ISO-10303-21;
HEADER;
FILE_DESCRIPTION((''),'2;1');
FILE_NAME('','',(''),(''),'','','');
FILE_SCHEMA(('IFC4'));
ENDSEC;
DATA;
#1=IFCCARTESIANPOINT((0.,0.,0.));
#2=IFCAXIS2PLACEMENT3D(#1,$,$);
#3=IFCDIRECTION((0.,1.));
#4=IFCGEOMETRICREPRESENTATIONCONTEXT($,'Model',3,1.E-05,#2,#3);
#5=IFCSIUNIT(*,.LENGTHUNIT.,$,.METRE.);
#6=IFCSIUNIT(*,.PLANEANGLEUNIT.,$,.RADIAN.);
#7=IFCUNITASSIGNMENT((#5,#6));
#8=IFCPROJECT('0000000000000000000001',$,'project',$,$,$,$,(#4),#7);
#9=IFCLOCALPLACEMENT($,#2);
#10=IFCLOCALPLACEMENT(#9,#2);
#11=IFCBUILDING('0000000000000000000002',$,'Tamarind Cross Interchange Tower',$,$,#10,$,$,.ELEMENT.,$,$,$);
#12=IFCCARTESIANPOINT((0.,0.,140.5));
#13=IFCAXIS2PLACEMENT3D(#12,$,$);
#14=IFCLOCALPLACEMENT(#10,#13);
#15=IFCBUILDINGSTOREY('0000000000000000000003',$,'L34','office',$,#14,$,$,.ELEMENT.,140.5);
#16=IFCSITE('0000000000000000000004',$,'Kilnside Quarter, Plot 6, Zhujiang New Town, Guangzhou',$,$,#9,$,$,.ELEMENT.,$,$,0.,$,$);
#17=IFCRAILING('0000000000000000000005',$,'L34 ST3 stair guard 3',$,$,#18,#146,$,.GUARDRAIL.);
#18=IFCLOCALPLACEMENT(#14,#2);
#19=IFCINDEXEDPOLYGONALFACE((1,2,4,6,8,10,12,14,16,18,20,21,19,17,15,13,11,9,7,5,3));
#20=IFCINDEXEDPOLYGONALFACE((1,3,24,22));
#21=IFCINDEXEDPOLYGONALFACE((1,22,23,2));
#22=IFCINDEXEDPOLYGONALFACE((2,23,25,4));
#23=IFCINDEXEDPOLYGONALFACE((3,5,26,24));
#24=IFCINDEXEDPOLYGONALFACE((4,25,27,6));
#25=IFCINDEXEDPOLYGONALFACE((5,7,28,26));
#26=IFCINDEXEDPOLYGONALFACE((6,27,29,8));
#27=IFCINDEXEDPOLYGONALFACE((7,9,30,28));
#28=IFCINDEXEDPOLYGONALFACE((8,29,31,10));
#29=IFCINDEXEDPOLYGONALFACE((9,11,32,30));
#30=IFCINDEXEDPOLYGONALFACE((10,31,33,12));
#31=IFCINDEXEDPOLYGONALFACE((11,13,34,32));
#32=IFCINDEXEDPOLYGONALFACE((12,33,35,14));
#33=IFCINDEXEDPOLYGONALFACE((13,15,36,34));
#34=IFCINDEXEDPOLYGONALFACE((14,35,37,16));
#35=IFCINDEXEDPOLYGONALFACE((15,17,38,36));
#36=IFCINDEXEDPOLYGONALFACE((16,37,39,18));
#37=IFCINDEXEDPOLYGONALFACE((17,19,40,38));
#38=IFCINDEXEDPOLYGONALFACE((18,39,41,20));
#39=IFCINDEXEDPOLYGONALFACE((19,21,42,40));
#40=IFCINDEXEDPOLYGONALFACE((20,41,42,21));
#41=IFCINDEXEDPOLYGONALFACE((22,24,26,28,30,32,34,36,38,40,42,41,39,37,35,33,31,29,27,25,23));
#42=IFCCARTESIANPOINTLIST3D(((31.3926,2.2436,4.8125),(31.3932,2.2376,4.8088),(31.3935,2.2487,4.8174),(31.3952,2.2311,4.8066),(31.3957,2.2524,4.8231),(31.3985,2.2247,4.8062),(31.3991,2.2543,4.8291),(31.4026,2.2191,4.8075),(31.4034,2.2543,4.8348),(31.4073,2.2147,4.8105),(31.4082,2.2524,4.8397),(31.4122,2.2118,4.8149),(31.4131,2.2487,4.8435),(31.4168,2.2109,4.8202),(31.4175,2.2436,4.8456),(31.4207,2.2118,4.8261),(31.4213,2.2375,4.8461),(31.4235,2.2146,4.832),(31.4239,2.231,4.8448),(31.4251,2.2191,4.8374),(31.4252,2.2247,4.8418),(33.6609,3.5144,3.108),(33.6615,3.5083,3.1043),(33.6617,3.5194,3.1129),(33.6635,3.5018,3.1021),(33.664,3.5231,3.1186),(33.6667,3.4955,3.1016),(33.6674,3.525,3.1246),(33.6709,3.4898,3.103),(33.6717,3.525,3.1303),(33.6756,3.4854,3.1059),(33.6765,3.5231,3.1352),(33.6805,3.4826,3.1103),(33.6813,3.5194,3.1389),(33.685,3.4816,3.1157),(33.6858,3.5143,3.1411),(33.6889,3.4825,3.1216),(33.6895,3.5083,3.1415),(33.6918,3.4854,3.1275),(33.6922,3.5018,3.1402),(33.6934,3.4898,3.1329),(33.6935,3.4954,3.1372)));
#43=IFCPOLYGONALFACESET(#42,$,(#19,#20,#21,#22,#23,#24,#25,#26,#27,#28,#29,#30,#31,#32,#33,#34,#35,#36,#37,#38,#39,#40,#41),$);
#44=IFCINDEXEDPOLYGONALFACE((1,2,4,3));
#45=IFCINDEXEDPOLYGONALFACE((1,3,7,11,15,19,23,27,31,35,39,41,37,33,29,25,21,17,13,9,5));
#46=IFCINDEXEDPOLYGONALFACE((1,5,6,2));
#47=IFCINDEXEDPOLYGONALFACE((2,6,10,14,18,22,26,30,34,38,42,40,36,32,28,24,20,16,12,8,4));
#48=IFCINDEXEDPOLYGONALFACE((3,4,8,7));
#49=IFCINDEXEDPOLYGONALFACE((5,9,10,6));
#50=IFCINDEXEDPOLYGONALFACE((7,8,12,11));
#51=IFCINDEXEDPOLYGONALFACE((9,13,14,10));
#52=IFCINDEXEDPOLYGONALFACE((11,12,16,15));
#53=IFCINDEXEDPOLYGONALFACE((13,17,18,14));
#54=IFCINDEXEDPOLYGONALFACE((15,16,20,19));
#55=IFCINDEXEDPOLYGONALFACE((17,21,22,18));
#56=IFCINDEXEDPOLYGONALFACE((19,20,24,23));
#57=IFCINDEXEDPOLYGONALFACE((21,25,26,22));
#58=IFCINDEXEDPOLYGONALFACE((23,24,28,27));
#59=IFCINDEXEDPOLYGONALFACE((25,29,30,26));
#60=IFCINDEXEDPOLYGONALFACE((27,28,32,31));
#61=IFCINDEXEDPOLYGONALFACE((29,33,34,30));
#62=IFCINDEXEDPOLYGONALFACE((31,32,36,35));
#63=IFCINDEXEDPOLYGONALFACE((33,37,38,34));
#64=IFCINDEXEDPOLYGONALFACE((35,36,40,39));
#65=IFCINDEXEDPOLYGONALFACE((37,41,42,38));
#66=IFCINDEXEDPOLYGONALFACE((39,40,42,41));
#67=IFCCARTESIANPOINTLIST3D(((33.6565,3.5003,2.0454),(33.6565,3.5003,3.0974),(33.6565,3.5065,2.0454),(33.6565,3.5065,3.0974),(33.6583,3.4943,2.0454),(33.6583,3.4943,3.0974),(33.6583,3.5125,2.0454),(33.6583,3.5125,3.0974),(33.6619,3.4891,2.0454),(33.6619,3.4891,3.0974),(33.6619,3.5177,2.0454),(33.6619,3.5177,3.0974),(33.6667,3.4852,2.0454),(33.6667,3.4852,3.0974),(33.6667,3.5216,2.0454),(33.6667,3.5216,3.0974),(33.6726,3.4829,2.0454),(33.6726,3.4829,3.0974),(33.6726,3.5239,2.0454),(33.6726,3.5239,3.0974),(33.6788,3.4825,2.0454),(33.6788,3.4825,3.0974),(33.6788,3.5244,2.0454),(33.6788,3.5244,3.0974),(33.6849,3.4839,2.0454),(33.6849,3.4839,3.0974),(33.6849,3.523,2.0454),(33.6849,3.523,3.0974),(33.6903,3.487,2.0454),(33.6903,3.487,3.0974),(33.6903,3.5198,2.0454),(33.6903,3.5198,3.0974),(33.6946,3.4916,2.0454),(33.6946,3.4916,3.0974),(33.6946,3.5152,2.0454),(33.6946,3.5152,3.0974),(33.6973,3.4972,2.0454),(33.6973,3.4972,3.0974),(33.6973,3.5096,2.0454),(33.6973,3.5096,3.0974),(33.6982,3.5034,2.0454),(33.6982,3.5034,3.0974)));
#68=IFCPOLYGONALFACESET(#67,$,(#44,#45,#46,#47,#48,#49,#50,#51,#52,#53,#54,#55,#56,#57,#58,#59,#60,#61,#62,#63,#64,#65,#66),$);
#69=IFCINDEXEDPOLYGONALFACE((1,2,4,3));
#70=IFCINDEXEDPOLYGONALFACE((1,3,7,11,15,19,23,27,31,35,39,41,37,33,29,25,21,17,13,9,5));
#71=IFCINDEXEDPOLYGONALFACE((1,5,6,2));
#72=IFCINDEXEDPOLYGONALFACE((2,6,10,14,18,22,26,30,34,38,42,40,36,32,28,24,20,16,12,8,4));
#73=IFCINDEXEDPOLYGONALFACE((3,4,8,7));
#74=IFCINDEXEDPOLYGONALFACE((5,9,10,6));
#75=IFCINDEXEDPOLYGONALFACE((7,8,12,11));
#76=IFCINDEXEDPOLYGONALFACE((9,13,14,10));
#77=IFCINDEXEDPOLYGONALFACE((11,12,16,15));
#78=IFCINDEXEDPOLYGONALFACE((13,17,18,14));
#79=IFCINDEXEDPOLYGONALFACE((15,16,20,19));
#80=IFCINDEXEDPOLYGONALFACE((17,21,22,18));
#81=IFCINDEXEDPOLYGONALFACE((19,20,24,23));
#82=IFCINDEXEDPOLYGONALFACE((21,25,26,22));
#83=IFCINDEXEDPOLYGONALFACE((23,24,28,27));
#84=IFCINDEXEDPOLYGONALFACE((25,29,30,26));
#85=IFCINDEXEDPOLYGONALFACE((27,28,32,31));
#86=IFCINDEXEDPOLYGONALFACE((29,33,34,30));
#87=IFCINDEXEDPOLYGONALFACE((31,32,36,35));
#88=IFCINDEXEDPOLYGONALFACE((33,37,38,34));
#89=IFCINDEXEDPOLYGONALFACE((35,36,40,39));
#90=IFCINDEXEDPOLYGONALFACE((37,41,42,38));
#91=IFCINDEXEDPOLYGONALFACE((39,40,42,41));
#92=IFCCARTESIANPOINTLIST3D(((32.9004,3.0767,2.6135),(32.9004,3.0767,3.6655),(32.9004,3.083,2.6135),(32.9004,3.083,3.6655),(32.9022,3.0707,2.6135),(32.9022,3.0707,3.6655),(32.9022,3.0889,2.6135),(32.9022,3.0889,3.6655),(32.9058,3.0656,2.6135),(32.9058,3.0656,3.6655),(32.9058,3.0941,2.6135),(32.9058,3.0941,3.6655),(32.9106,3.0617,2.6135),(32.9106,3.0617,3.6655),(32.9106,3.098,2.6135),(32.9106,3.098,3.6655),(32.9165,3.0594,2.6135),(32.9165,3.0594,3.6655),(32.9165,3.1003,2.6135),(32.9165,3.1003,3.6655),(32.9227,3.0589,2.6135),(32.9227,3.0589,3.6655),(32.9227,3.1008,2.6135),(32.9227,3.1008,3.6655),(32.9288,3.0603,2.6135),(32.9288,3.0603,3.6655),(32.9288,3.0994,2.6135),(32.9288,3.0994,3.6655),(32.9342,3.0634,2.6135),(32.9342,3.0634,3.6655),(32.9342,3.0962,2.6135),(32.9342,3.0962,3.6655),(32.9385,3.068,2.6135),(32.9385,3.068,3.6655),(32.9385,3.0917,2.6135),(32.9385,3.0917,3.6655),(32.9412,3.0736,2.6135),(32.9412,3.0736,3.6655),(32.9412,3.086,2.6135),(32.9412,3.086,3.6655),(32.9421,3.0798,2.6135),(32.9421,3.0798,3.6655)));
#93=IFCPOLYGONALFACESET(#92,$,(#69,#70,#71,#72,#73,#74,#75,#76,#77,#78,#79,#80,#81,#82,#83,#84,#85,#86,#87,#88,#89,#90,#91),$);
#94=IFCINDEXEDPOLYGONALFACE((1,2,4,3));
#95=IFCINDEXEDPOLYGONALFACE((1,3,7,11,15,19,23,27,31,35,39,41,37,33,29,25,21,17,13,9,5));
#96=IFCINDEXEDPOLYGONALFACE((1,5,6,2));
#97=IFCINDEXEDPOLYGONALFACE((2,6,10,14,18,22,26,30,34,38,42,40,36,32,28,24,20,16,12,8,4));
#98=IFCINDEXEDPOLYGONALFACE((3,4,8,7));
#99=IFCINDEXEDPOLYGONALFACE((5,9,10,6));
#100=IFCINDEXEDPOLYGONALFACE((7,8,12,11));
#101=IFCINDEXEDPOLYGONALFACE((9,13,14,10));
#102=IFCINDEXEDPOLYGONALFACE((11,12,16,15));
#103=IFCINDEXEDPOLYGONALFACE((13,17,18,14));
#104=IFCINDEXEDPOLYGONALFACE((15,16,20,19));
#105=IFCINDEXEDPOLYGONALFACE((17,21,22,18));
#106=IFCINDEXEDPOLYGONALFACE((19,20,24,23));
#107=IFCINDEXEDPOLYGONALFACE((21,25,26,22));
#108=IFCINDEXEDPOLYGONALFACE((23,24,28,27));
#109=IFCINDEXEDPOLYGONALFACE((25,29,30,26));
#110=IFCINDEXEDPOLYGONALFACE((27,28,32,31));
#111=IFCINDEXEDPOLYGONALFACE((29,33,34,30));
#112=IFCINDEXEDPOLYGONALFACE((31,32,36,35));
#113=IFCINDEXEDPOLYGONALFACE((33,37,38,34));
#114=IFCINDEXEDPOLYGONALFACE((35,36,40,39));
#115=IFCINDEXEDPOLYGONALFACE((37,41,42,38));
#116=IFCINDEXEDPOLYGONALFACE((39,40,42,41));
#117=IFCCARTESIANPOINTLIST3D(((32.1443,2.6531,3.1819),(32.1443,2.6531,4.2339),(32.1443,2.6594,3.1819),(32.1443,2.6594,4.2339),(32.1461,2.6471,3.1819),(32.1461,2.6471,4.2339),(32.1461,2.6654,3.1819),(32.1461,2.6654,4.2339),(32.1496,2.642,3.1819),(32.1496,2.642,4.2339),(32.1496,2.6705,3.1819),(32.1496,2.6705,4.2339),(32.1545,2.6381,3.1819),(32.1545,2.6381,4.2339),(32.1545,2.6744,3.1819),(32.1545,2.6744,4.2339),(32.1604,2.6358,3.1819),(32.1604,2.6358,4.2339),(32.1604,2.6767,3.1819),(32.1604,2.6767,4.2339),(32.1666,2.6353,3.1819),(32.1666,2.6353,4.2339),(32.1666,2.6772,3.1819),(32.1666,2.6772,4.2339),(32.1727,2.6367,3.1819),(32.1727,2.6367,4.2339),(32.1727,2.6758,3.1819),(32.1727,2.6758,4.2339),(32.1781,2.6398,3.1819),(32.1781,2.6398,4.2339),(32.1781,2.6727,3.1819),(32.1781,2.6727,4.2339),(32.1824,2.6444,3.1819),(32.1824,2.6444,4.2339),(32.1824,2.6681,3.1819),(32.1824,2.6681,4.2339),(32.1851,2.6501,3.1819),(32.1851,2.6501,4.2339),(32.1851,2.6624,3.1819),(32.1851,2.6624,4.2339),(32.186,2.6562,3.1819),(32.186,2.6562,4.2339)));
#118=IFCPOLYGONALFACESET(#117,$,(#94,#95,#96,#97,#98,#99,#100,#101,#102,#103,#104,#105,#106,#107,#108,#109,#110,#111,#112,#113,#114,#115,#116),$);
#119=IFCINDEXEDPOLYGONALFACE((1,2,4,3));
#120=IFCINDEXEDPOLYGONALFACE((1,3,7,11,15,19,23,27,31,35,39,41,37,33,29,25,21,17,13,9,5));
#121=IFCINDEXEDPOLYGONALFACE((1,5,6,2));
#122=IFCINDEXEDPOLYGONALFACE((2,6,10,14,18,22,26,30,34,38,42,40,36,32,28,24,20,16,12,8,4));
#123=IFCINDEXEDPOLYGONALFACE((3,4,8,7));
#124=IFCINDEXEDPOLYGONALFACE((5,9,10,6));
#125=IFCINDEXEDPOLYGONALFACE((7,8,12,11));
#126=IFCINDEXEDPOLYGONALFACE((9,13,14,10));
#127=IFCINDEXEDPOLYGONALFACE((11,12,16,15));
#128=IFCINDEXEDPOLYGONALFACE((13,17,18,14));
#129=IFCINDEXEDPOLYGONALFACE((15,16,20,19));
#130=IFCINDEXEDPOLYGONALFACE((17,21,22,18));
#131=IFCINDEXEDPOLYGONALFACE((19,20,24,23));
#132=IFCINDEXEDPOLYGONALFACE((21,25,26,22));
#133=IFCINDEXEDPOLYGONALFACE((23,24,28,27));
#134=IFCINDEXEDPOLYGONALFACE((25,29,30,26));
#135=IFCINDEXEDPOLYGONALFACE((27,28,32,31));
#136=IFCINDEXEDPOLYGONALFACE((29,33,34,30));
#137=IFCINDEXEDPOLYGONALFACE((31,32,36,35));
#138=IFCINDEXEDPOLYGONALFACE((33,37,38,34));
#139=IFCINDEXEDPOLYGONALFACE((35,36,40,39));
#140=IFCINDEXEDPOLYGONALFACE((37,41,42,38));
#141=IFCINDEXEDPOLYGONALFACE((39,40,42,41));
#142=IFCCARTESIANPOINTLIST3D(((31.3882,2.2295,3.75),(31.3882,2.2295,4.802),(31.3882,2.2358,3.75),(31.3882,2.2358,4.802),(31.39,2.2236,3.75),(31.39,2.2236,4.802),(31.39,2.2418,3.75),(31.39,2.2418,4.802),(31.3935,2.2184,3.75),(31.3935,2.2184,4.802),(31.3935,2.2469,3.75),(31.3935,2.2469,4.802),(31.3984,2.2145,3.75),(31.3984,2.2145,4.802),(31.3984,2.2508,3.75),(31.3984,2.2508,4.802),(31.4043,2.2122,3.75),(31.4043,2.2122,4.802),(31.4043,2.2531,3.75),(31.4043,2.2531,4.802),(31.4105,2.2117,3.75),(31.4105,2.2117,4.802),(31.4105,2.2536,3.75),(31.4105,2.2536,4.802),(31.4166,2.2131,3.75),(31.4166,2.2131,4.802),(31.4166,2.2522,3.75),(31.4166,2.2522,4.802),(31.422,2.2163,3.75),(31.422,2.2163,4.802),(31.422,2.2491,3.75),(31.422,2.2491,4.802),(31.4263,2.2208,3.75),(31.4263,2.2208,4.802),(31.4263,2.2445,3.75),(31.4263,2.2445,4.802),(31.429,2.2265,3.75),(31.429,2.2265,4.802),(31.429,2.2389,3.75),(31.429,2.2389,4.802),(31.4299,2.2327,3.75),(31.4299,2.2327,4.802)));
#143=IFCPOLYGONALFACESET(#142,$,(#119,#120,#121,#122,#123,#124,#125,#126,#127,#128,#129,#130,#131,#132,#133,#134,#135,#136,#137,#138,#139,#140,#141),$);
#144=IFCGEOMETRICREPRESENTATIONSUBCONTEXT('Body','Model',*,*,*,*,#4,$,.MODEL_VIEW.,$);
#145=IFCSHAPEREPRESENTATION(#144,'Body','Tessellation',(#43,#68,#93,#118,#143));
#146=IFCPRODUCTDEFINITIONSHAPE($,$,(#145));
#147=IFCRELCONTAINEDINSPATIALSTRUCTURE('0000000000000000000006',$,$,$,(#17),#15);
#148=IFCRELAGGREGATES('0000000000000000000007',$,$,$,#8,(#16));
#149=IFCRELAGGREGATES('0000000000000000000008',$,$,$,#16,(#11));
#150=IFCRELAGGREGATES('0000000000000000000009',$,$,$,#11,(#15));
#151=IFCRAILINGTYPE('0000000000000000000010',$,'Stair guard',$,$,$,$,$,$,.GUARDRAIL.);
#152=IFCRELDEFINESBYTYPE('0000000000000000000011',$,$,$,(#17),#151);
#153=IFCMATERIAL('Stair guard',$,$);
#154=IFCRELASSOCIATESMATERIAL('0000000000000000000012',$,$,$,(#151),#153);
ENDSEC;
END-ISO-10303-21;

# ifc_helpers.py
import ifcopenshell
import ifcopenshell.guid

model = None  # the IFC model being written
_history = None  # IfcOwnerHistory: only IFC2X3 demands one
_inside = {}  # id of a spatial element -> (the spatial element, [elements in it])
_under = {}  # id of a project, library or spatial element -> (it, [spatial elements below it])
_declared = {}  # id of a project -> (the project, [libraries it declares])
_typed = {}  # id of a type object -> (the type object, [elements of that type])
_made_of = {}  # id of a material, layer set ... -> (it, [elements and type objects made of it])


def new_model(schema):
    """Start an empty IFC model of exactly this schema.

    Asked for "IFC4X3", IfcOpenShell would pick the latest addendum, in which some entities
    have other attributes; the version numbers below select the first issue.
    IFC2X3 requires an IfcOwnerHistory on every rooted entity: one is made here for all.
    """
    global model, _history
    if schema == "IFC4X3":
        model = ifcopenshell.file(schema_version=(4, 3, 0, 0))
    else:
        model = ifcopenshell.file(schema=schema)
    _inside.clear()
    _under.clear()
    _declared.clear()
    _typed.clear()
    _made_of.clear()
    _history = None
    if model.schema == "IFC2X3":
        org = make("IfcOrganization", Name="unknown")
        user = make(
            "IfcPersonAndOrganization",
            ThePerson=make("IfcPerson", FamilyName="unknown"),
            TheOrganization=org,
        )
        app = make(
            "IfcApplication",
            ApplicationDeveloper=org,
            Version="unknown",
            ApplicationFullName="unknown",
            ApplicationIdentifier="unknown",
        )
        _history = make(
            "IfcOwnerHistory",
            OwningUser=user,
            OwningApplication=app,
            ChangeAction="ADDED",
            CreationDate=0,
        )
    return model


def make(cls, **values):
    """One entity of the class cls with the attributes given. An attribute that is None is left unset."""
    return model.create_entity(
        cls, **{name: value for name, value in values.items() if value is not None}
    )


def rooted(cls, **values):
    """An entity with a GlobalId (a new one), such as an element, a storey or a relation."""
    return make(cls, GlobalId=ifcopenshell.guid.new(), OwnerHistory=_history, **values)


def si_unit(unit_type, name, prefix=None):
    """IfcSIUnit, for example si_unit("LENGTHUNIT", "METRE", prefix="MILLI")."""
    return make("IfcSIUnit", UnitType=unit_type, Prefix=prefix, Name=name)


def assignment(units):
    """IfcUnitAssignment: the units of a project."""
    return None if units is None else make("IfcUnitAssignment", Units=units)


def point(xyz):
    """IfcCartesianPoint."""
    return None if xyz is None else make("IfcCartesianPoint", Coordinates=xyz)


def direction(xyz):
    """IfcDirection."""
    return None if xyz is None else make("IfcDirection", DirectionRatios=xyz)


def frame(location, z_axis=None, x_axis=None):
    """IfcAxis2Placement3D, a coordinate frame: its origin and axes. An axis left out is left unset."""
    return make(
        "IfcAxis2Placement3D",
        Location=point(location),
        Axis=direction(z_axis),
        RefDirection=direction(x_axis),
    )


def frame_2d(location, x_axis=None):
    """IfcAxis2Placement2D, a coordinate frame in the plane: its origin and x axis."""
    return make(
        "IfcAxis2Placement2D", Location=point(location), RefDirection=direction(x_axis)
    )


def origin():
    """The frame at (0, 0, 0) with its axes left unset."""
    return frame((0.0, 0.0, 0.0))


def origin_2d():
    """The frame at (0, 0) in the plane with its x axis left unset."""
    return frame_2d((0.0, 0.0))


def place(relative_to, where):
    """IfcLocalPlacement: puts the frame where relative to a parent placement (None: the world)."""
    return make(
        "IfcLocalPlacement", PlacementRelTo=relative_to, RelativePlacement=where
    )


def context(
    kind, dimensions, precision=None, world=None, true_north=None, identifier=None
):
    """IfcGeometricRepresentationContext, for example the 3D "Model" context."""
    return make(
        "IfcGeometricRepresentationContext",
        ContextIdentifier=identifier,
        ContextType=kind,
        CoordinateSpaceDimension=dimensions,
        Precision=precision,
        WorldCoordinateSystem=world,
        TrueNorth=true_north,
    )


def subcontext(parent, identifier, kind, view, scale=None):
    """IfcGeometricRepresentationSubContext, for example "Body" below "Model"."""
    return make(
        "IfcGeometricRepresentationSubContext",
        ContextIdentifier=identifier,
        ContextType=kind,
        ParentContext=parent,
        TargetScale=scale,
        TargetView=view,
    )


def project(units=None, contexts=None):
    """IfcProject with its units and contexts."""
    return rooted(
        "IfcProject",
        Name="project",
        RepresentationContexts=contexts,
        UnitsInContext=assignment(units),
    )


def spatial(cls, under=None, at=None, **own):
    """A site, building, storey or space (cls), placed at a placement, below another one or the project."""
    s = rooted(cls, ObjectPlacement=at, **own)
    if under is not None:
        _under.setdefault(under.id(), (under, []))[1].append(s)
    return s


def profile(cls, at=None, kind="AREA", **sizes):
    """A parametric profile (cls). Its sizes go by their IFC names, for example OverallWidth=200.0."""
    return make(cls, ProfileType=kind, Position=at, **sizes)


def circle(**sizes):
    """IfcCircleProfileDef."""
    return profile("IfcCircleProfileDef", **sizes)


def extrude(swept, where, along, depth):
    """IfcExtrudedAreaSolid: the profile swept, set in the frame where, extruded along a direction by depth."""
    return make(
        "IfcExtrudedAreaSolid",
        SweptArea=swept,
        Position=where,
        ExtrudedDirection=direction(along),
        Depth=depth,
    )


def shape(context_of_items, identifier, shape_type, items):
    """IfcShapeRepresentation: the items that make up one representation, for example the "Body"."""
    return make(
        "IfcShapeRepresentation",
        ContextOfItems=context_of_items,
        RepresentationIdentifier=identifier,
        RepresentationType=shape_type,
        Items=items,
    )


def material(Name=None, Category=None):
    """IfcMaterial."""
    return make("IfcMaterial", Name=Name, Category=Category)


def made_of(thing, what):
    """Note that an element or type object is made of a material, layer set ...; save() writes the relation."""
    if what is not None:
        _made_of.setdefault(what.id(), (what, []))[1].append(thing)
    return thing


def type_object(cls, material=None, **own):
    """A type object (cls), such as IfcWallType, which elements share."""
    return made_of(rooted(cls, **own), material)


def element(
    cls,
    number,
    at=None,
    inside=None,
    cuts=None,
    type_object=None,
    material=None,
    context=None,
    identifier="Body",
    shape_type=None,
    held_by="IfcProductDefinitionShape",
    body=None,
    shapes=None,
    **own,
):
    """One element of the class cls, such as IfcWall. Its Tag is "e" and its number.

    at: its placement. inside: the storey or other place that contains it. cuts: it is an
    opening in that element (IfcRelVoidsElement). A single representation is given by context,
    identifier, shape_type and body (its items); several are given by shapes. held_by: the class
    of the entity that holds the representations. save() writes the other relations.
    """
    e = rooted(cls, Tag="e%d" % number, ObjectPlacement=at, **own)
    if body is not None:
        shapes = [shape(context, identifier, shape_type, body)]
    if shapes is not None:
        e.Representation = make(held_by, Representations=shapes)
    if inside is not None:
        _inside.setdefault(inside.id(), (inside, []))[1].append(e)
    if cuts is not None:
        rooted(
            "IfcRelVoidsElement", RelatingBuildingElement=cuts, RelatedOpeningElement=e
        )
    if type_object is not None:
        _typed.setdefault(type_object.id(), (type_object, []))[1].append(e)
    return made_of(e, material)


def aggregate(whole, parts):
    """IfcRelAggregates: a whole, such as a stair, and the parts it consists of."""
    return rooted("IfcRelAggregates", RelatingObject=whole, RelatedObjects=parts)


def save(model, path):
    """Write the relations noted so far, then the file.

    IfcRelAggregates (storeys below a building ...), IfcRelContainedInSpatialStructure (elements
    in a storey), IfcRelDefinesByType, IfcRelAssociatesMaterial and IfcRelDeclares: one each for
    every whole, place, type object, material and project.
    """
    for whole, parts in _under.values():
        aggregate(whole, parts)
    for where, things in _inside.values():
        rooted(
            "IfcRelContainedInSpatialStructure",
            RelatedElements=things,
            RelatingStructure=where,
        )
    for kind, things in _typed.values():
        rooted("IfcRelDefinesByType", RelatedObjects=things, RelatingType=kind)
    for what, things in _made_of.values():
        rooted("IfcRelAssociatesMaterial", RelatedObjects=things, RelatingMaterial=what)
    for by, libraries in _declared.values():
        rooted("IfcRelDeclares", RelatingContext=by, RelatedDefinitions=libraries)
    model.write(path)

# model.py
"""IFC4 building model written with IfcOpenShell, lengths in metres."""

from ifc_helpers import new_model, si_unit, direction, frame, origin, origin_2d, place, context, subcontext, project, spatial, circle, extrude, material, type_object, element, save


model = new_model("IFC4")

# Units and contexts
model_context = context("Model", 3, precision=1e-05, world=origin(), true_north=direction((0.0, 1.0)))
body_context = subcontext(model_context, "Body", "Model", "MODEL_VIEW")
ifc_project = project(units=[si_unit("LENGTHUNIT", "METRE"), si_unit("PLANEANGLEUNIT", "RADIAN")], contexts=[model_context])

# Site, building, storey
site_placement = place(None, origin())
site = spatial("IfcSite", under=ifc_project, at=site_placement, Name="Kilnside Quarter, Plot 6, Zhujiang New Town, Guangzhou", CompositionType="ELEMENT", RefElevation=0.0)
building_placement = place(site_placement, origin())
building = spatial("IfcBuilding", under=site, at=building_placement, Name="Tamarind Cross Interchange Tower", CompositionType="ELEMENT")
storey_placement = place(building_placement, frame((0.0, 0.0, 140.5)))
storey = spatial("IfcBuildingStorey", under=building, at=storey_placement, Name="L34", Description="office", CompositionType="ELEMENT", Elevation=140.5)

# Railing
ifc_material_1 = material(Name="Stair guard")
railing_type_1 = type_object("IfcRailingType", Name="Stair guard", PredefinedType="GUARDRAIL", material=ifc_material_1)
railing_1_placement = place(storey_placement, frame((33.6772, 3.5034, 2.0454)))
element("IfcRailing", 1, at=railing_1_placement, inside=storey, type_object=railing_type_1, Name="L34 ST3 stair guard 3", PredefinedType="GUARDRAIL", context=body_context, shape_type="SweptSolid", body=[
    extrude(circle(Radius=0.0239, at=origin_2d()), frame((0.0, 0.0, 1.0762), z_axis=(-0.729603, -0.408738, 0.548282), x_axis=(0.488749, -0.872424, 0.0)), (0.0, 0.0, 1.0), 3.1089),
    extrude(circle(Radius=0.021, at=origin_2d()), origin(), (0.0, 0.0, 1.0), 1.052),
    extrude(circle(Radius=0.021, at=origin_2d()), frame((-0.7561, -0.4236, 0.5681)), (0.0, 0.0, 1.0), 1.052),
    extrude(circle(Radius=0.021, at=origin_2d()), frame((-1.5122, -0.8472, 1.1365)), (0.0, 0.0, 1.0), 1.052),
    extrude(circle(Radius=0.021, at=origin_2d()), frame((-2.2683, -1.2708, 1.7046)), (0.0, 0.0, 1.0), 1.052),
])

save(model, "model.ifc")
